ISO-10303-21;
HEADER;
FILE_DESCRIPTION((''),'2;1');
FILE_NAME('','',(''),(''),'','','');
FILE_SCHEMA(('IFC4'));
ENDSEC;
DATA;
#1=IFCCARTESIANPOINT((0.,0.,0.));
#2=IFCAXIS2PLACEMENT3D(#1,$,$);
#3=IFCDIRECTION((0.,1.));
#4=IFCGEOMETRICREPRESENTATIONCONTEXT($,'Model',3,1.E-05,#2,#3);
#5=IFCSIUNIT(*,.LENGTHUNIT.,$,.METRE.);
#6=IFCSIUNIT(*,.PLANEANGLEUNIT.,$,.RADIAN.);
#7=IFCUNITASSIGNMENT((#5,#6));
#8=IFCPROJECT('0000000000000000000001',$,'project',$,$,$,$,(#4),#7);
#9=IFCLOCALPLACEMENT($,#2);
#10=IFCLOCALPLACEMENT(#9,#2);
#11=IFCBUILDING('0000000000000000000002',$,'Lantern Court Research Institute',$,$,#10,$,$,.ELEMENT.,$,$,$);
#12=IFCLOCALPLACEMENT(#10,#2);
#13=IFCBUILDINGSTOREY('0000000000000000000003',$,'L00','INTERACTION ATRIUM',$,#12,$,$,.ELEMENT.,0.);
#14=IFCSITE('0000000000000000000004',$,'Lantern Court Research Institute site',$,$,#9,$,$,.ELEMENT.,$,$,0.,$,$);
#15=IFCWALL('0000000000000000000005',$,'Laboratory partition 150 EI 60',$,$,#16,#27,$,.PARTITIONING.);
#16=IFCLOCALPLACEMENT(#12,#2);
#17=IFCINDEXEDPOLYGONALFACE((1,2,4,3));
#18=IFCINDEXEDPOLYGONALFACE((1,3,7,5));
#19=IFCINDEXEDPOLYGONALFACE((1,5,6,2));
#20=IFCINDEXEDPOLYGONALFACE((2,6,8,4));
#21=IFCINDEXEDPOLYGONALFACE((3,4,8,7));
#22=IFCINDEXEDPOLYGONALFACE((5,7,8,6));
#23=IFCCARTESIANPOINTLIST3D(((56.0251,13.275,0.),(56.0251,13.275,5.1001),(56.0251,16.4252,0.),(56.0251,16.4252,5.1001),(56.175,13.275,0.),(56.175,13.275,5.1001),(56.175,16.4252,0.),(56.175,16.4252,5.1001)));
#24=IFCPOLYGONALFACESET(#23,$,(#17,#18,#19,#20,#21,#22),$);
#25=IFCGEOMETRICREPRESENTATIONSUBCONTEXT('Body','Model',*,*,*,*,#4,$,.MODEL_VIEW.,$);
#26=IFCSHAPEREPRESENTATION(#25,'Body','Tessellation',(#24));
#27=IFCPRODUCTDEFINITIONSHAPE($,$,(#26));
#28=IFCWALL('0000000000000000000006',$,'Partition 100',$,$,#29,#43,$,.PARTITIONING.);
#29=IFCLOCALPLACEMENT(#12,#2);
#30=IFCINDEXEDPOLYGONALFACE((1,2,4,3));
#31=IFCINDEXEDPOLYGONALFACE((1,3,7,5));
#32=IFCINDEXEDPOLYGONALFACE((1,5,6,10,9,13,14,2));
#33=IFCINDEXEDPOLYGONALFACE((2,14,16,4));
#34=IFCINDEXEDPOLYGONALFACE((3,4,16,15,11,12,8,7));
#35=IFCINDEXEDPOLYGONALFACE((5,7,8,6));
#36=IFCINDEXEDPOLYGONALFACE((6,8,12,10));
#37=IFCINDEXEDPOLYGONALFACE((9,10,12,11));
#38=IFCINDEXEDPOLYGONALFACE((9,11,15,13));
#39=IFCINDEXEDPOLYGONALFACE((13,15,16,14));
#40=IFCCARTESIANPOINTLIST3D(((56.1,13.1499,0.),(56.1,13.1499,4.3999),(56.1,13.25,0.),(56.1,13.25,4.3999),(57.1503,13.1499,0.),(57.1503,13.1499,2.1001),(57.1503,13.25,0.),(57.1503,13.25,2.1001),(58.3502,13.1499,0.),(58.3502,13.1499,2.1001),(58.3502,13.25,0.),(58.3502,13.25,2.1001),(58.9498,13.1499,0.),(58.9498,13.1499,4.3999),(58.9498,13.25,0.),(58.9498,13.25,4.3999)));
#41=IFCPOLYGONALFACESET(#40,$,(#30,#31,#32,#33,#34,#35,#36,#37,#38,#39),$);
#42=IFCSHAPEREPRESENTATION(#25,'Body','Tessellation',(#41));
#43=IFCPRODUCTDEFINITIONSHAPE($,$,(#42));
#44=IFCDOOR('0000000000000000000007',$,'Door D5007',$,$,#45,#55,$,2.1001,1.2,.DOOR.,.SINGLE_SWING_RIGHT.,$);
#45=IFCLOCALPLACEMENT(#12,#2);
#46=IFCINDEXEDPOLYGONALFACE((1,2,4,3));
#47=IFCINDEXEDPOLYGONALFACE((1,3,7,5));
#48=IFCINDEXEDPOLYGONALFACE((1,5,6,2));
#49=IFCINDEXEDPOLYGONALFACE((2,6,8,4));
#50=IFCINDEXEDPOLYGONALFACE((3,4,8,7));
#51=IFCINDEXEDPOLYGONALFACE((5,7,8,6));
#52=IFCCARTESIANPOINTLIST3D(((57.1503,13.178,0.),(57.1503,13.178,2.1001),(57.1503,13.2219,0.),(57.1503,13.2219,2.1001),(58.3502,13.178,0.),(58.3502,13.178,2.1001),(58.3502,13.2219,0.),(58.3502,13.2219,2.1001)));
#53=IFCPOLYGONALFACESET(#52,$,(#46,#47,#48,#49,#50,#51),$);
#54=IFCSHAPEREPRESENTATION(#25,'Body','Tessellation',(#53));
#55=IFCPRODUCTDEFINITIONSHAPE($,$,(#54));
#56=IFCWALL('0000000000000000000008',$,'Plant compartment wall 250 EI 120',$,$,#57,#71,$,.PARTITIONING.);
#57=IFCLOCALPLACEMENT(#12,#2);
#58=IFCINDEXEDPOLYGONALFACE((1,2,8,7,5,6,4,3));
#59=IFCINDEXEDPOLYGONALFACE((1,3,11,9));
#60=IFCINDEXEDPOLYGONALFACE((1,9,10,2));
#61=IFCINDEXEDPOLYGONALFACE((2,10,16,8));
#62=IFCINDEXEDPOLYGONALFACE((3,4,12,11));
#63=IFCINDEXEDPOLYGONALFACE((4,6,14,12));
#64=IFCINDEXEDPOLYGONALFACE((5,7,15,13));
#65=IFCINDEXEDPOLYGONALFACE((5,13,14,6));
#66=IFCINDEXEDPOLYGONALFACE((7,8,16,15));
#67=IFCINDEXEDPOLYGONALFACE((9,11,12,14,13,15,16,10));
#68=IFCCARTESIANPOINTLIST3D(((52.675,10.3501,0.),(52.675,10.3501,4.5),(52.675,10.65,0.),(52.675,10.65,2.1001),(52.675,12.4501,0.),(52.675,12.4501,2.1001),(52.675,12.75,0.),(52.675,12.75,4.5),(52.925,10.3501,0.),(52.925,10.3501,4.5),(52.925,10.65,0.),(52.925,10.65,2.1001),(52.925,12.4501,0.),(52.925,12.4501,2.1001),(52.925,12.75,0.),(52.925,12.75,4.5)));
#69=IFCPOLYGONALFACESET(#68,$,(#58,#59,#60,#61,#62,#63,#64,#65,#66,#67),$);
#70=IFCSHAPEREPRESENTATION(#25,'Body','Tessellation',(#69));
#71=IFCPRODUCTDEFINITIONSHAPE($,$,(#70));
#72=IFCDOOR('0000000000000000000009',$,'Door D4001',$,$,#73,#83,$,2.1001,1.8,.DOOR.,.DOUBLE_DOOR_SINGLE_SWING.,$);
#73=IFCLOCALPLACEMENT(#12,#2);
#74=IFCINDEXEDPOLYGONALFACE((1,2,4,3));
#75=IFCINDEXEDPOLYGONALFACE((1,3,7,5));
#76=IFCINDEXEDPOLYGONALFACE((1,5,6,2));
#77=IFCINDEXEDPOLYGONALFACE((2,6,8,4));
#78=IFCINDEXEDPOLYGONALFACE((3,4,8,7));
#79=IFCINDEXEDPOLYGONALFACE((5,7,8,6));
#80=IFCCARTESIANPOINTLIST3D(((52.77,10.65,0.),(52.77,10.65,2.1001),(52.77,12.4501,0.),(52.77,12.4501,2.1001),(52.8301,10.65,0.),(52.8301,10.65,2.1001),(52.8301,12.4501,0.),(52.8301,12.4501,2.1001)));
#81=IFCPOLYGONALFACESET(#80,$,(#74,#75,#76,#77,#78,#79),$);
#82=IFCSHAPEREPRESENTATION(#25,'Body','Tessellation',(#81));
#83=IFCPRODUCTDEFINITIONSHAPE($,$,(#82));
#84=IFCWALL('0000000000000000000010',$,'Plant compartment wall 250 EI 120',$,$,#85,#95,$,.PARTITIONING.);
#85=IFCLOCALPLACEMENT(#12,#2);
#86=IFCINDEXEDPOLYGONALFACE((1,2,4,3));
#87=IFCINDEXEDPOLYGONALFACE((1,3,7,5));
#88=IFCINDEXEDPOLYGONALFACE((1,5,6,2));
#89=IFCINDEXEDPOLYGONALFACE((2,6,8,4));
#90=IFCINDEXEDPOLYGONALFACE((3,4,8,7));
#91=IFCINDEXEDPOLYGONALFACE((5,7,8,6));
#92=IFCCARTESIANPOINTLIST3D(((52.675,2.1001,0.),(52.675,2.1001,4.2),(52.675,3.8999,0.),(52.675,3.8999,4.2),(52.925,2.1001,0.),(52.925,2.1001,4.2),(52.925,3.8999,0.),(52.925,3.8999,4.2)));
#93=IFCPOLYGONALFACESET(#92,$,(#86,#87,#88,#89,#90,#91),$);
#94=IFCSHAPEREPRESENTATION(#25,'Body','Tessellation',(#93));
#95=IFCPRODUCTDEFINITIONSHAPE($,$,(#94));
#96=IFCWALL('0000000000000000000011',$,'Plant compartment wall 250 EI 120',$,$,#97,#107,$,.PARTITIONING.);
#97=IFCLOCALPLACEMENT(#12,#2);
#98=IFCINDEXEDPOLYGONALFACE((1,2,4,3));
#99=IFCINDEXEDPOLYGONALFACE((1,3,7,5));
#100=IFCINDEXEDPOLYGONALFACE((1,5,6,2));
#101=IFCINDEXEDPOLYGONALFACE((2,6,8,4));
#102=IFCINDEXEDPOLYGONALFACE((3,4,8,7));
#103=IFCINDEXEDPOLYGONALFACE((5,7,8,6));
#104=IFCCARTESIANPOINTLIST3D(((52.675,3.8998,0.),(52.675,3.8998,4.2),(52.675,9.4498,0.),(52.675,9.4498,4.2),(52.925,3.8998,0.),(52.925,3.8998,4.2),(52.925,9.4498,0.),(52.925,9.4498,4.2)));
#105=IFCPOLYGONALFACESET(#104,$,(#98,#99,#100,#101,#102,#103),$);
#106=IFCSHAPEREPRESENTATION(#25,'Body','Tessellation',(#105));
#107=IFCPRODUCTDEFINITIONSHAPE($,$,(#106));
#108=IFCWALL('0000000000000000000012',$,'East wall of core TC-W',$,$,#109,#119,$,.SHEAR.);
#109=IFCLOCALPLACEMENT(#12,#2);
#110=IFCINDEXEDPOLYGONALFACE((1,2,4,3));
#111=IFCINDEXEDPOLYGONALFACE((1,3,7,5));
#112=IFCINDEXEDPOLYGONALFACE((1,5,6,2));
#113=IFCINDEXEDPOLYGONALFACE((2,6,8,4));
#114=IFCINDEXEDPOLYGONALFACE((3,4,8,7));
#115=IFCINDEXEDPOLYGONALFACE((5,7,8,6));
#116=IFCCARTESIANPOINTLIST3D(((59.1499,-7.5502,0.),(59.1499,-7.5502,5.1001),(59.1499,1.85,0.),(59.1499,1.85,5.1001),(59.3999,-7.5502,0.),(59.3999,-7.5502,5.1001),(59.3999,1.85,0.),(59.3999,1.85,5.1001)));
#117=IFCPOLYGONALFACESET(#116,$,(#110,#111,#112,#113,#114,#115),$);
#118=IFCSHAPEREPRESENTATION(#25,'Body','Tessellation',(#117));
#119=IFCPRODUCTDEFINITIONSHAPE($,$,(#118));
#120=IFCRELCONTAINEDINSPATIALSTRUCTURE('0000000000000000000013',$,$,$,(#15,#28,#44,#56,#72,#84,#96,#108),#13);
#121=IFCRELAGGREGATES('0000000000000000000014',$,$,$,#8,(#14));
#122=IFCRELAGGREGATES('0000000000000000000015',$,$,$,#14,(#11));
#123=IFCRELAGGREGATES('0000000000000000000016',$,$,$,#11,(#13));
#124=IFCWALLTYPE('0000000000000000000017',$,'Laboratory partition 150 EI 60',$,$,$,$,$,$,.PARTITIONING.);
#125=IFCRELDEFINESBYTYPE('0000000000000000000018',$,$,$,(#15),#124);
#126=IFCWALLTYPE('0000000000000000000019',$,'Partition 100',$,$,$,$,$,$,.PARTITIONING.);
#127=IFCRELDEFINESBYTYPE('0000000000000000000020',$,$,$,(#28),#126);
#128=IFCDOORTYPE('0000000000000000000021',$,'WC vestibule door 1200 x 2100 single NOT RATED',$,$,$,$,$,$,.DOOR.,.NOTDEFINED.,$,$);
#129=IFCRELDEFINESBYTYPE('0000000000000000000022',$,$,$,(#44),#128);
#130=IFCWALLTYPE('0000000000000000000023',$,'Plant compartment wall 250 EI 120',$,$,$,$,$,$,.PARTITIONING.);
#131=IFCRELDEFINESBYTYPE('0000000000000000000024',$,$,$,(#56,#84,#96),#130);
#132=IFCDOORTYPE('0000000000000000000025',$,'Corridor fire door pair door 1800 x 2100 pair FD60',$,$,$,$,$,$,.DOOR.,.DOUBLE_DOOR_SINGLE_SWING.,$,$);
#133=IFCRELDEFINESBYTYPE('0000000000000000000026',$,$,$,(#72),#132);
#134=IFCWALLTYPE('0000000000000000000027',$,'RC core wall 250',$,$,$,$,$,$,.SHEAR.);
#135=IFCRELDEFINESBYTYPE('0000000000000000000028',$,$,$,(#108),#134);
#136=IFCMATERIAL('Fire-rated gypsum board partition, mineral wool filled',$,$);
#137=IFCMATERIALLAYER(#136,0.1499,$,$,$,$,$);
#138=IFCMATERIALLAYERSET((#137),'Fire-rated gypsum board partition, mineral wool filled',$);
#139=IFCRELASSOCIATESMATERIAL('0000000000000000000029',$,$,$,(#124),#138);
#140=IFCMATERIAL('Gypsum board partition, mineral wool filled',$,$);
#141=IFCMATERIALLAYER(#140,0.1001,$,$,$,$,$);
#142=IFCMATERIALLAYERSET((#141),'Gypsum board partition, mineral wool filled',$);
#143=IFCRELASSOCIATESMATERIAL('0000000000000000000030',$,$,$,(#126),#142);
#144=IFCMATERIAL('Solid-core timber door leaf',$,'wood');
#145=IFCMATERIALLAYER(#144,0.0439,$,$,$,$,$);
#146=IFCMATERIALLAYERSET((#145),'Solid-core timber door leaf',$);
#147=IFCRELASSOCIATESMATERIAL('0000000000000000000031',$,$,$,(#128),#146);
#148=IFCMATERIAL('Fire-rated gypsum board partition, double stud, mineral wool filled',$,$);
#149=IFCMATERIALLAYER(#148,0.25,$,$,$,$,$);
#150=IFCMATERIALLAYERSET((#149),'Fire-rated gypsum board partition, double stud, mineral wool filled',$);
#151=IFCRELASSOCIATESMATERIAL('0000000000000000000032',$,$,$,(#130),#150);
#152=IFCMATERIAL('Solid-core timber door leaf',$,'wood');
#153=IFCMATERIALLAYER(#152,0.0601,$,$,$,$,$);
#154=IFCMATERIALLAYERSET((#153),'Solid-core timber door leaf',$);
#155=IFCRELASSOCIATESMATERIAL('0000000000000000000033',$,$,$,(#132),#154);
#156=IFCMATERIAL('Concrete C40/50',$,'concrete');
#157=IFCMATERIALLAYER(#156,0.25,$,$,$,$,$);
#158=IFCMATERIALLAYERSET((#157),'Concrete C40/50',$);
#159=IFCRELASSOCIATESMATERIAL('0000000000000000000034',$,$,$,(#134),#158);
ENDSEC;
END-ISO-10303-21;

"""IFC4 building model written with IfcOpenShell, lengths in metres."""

from ifc_helpers import new_model, si_unit, direction, frame, frame_2d, origin, place, context, subcontext, project, spatial, rectangle, extrude, material, layer, layer_set, type_object, element, fill, save


model = new_model("IFC4")

# Units and contexts
model_context = context("Model", 3, precision=1e-05, world=origin(), true_north=direction((0.0, 1.0)))
body_context = subcontext(model_context, "Body", "Model", "MODEL_VIEW")
ifc_project = project(units=[si_unit("LENGTHUNIT", "METRE"), si_unit("PLANEANGLEUNIT", "RADIAN")], contexts=[model_context])

# Site, building, storey
site_placement = place(None, origin())
site = spatial("IfcSite", under=ifc_project, at=site_placement, Name="Lantern Court Research Institute site", CompositionType="ELEMENT", RefElevation=0.0)
building_placement = place(site_placement, origin())
building = spatial("IfcBuilding", under=site, at=building_placement, Name="Lantern Court Research Institute", CompositionType="ELEMENT")
storey_placement = place(building_placement, origin())
storey = spatial("IfcBuildingStorey", under=building, at=storey_placement, Name="L00", Description="INTERACTION ATRIUM", CompositionType="ELEMENT", Elevation=0.0)

# Shared definitions
ifc_material_1 = material(Name="Fire-rated gypsum board partition, mineral wool filled")
ifc_layer_1 = layer(ifc_material_1, 0.1499)
ifc_layer_set_1 = layer_set([ifc_layer_1], Name="Fire-rated gypsum board partition, mineral wool filled")
wall_type_1 = type_object("IfcWallType", Name="Laboratory partition 150 EI 60", PredefinedType="PARTITIONING", material=ifc_layer_set_1)

# Wall
wall_1_placement = place(storey_placement, frame((56.1001, 13.2749, 0.0), z_axis=(0.0, 0.0, 1.0), x_axis=(0.0, 1.0, 0.0)))
element("IfcWall", 1, at=wall_1_placement, inside=storey, type_object=wall_type_1, Name="Laboratory partition 150 EI 60", PredefinedType="PARTITIONING", context=body_context, shape_type="SweptSolid", body=[
    extrude(rectangle(XDim=3.1501, YDim=0.1499, at=frame_2d((1.5752, 0.0))), origin(), (0.0, 0.0, 1.0), 5.1001),
])

# Walls, openings, doors
ifc_material_2 = material(Name="Gypsum board partition, mineral wool filled")
ifc_layer_2 = layer(ifc_material_2, 0.1001)
ifc_layer_set_2 = layer_set([ifc_layer_2], Name="Gypsum board partition, mineral wool filled")
wall_type_2 = type_object("IfcWallType", Name="Partition 100", PredefinedType="PARTITIONING", material=ifc_layer_set_2)
wall_2_placement = place(storey_placement, frame((56.1001, 13.2, 0.0), z_axis=(0.0, 0.0, 1.0), x_axis=(1.0, 0.0, 0.0)))
wall_2 = element("IfcWall", 2, at=wall_2_placement, inside=storey, type_object=wall_type_2, Name="Partition 100", PredefinedType="PARTITIONING", context=body_context, shape_type="SweptSolid", body=[
    extrude(rectangle(XDim=2.8499, YDim=0.1001, at=frame_2d((1.4248, 0.0))), origin(), (0.0, 0.0, 1.0), 4.3999),
])
opening_1_placement = place(wall_2_placement, frame((1.05, 0.0, 0.0)))
opening_1 = element("IfcOpeningElement", 3, at=opening_1_placement, cuts=wall_2, PredefinedType="OPENING", context=body_context, shape_type="SweptSolid", body=[
    extrude(rectangle(XDim=1.2, YDim=2.1001, at=frame_2d((0.6001, 1.05))), frame((0.0, 0.0601, 0.0), z_axis=(0.0, -1.0, 0.0), x_axis=(1.0, 0.0, 0.0)), (0.0, 0.0, 1.0), 0.1201),
])
ifc_material_3 = material(Name="Solid-core timber door leaf", Category="wood")
ifc_layer_3 = layer(ifc_material_3, 0.0439)
ifc_layer_set_3 = layer_set([ifc_layer_3], Name="Solid-core timber door leaf")
door_type_1 = type_object("IfcDoorType", Name="WC vestibule door 1200 x 2100 single NOT RATED", OperationType="NOTDEFINED", PredefinedType="DOOR", material=ifc_layer_set_3)
door_1_placement = place(opening_1_placement, origin())
door_1 = element("IfcDoor", 4, at=door_1_placement, inside=storey, type_object=door_type_1, Name="Door D5007", OperationType="SINGLE_SWING_RIGHT", OverallHeight=2.1001, OverallWidth=1.2, PredefinedType="DOOR", context=body_context, shape_type="SweptSolid", body=[
    extrude(rectangle(XDim=1.2, YDim=2.1001, at=frame_2d((0.6001, 1.05))), frame((0.0, 0.022, 0.0), z_axis=(0.0, -1.0, 0.0), x_axis=(1.0, 0.0, 0.0)), (0.0, 0.0, 1.0), 0.0439),
])
fill(opening_1, door_1)
ifc_material_4 = material(Name="Fire-rated gypsum board partition, double stud, mineral wool filled")
ifc_layer_4 = layer(ifc_material_4, 0.25)
ifc_layer_set_4 = layer_set([ifc_layer_4], Name="Fire-rated gypsum board partition, double stud, mineral wool filled")
wall_type_3 = type_object("IfcWallType", Name="Plant compartment wall 250 EI 120", PredefinedType="PARTITIONING", material=ifc_layer_set_4)
wall_3_placement = place(storey_placement, frame((52.8, 10.3501, 0.0), z_axis=(0.0, 0.0, 1.0), x_axis=(0.0, 1.0, 0.0)))
wall_3 = element("IfcWall", 5, at=wall_3_placement, inside=storey, type_object=wall_type_3, Name="Plant compartment wall 250 EI 120", PredefinedType="PARTITIONING", context=body_context, shape_type="SweptSolid", body=[
    extrude(rectangle(XDim=2.3999, YDim=0.25, at=frame_2d((1.2, 0.0))), origin(), (0.0, 0.0, 1.0), 4.5),
])
opening_2_placement = place(wall_3_placement, frame((0.3, 0.0, 0.0)))
opening_2 = element("IfcOpeningElement", 6, at=opening_2_placement, cuts=wall_3, PredefinedType="OPENING", context=body_context, shape_type="SweptSolid", body=[
    extrude(rectangle(XDim=1.8, YDim=2.1001, at=frame_2d((0.8999, 1.05))), frame((0.0, 0.135, 0.0), z_axis=(0.0, -1.0, 0.0), x_axis=(1.0, 0.0, 0.0)), (0.0, 0.0, 1.0), 0.27),
])
ifc_material_5 = material(Name="Solid-core timber door leaf", Category="wood")
ifc_layer_5 = layer(ifc_material_5, 0.0601)
ifc_layer_set_5 = layer_set([ifc_layer_5], Name="Solid-core timber door leaf")
door_type_2 = type_object("IfcDoorType", Name="Corridor fire door pair door 1800 x 2100 pair FD60", OperationType="DOUBLE_DOOR_SINGLE_SWING", PredefinedType="DOOR", material=ifc_layer_set_5)
door_2_placement = place(opening_2_placement, origin())
door_2 = element("IfcDoor", 7, at=door_2_placement, inside=storey, type_object=door_type_2, Name="Door D4001", OperationType="DOUBLE_DOOR_SINGLE_SWING", OverallHeight=2.1001, OverallWidth=1.8, PredefinedType="DOOR", context=body_context, shape_type="SweptSolid", body=[
    extrude(rectangle(XDim=1.8, YDim=2.1001, at=frame_2d((0.8999, 1.05))), frame((0.0, 0.03, 0.0), z_axis=(0.0, -1.0, 0.0), x_axis=(1.0, 0.0, 0.0)), (0.0, 0.0, 1.0), 0.0601),
])
fill(opening_2, door_2)

# Walls
wall_4_placement = place(storey_placement, frame((52.8, 2.1001, 0.0), z_axis=(0.0, 0.0, 1.0), x_axis=(0.0, 1.0, 0.0)))
element("IfcWall", 8, at=wall_4_placement, inside=storey, type_object=wall_type_3, Name="Plant compartment wall 250 EI 120", PredefinedType="PARTITIONING", context=body_context, shape_type="SweptSolid", body=[
    extrude(rectangle(XDim=1.7998, YDim=0.25, at=frame_2d((0.8999, 0.0))), origin(), (0.0, 0.0, 1.0), 4.2),
])
wall_5_placement = place(storey_placement, frame((52.8, 3.8999, 0.0), z_axis=(0.0, 0.0, 1.0), x_axis=(0.0, 1.0, 0.0)))
element("IfcWall", 9, at=wall_5_placement, inside=storey, type_object=wall_type_3, Name="Plant compartment wall 250 EI 120", PredefinedType="PARTITIONING", context=body_context, shape_type="SweptSolid", body=[
    extrude(rectangle(XDim=5.55, YDim=0.25, at=frame_2d((2.7749, 0.0))), origin(), (0.0, 0.0, 1.0), 4.2),
])
ifc_material_6 = material(Name="Concrete C40/50", Category="concrete")
ifc_layer_6 = layer(ifc_material_6, 0.25)
ifc_layer_set_6 = layer_set([ifc_layer_6], Name="Concrete C40/50")
wall_type_4 = type_object("IfcWallType", Name="RC core wall 250", PredefinedType="SHEAR", material=ifc_layer_set_6)
wall_6_placement = place(storey_placement, frame((59.2749, 1.8501, 0.0), z_axis=(0.0, 0.0, 1.0), x_axis=(0.0, -1.0, 0.0)))
element("IfcWall", 10, at=wall_6_placement, inside=storey, type_object=wall_type_4, Name="East wall of core TC-W", PredefinedType="SHEAR", context=body_context, shape_type="SweptSolid", body=[
    extrude(rectangle(XDim=9.4001, YDim=0.25, at=frame_2d((4.7002, 0.0))), origin(), (0.0, 0.0, 1.0), 5.1001),
])

save(model, "model.ifc")
